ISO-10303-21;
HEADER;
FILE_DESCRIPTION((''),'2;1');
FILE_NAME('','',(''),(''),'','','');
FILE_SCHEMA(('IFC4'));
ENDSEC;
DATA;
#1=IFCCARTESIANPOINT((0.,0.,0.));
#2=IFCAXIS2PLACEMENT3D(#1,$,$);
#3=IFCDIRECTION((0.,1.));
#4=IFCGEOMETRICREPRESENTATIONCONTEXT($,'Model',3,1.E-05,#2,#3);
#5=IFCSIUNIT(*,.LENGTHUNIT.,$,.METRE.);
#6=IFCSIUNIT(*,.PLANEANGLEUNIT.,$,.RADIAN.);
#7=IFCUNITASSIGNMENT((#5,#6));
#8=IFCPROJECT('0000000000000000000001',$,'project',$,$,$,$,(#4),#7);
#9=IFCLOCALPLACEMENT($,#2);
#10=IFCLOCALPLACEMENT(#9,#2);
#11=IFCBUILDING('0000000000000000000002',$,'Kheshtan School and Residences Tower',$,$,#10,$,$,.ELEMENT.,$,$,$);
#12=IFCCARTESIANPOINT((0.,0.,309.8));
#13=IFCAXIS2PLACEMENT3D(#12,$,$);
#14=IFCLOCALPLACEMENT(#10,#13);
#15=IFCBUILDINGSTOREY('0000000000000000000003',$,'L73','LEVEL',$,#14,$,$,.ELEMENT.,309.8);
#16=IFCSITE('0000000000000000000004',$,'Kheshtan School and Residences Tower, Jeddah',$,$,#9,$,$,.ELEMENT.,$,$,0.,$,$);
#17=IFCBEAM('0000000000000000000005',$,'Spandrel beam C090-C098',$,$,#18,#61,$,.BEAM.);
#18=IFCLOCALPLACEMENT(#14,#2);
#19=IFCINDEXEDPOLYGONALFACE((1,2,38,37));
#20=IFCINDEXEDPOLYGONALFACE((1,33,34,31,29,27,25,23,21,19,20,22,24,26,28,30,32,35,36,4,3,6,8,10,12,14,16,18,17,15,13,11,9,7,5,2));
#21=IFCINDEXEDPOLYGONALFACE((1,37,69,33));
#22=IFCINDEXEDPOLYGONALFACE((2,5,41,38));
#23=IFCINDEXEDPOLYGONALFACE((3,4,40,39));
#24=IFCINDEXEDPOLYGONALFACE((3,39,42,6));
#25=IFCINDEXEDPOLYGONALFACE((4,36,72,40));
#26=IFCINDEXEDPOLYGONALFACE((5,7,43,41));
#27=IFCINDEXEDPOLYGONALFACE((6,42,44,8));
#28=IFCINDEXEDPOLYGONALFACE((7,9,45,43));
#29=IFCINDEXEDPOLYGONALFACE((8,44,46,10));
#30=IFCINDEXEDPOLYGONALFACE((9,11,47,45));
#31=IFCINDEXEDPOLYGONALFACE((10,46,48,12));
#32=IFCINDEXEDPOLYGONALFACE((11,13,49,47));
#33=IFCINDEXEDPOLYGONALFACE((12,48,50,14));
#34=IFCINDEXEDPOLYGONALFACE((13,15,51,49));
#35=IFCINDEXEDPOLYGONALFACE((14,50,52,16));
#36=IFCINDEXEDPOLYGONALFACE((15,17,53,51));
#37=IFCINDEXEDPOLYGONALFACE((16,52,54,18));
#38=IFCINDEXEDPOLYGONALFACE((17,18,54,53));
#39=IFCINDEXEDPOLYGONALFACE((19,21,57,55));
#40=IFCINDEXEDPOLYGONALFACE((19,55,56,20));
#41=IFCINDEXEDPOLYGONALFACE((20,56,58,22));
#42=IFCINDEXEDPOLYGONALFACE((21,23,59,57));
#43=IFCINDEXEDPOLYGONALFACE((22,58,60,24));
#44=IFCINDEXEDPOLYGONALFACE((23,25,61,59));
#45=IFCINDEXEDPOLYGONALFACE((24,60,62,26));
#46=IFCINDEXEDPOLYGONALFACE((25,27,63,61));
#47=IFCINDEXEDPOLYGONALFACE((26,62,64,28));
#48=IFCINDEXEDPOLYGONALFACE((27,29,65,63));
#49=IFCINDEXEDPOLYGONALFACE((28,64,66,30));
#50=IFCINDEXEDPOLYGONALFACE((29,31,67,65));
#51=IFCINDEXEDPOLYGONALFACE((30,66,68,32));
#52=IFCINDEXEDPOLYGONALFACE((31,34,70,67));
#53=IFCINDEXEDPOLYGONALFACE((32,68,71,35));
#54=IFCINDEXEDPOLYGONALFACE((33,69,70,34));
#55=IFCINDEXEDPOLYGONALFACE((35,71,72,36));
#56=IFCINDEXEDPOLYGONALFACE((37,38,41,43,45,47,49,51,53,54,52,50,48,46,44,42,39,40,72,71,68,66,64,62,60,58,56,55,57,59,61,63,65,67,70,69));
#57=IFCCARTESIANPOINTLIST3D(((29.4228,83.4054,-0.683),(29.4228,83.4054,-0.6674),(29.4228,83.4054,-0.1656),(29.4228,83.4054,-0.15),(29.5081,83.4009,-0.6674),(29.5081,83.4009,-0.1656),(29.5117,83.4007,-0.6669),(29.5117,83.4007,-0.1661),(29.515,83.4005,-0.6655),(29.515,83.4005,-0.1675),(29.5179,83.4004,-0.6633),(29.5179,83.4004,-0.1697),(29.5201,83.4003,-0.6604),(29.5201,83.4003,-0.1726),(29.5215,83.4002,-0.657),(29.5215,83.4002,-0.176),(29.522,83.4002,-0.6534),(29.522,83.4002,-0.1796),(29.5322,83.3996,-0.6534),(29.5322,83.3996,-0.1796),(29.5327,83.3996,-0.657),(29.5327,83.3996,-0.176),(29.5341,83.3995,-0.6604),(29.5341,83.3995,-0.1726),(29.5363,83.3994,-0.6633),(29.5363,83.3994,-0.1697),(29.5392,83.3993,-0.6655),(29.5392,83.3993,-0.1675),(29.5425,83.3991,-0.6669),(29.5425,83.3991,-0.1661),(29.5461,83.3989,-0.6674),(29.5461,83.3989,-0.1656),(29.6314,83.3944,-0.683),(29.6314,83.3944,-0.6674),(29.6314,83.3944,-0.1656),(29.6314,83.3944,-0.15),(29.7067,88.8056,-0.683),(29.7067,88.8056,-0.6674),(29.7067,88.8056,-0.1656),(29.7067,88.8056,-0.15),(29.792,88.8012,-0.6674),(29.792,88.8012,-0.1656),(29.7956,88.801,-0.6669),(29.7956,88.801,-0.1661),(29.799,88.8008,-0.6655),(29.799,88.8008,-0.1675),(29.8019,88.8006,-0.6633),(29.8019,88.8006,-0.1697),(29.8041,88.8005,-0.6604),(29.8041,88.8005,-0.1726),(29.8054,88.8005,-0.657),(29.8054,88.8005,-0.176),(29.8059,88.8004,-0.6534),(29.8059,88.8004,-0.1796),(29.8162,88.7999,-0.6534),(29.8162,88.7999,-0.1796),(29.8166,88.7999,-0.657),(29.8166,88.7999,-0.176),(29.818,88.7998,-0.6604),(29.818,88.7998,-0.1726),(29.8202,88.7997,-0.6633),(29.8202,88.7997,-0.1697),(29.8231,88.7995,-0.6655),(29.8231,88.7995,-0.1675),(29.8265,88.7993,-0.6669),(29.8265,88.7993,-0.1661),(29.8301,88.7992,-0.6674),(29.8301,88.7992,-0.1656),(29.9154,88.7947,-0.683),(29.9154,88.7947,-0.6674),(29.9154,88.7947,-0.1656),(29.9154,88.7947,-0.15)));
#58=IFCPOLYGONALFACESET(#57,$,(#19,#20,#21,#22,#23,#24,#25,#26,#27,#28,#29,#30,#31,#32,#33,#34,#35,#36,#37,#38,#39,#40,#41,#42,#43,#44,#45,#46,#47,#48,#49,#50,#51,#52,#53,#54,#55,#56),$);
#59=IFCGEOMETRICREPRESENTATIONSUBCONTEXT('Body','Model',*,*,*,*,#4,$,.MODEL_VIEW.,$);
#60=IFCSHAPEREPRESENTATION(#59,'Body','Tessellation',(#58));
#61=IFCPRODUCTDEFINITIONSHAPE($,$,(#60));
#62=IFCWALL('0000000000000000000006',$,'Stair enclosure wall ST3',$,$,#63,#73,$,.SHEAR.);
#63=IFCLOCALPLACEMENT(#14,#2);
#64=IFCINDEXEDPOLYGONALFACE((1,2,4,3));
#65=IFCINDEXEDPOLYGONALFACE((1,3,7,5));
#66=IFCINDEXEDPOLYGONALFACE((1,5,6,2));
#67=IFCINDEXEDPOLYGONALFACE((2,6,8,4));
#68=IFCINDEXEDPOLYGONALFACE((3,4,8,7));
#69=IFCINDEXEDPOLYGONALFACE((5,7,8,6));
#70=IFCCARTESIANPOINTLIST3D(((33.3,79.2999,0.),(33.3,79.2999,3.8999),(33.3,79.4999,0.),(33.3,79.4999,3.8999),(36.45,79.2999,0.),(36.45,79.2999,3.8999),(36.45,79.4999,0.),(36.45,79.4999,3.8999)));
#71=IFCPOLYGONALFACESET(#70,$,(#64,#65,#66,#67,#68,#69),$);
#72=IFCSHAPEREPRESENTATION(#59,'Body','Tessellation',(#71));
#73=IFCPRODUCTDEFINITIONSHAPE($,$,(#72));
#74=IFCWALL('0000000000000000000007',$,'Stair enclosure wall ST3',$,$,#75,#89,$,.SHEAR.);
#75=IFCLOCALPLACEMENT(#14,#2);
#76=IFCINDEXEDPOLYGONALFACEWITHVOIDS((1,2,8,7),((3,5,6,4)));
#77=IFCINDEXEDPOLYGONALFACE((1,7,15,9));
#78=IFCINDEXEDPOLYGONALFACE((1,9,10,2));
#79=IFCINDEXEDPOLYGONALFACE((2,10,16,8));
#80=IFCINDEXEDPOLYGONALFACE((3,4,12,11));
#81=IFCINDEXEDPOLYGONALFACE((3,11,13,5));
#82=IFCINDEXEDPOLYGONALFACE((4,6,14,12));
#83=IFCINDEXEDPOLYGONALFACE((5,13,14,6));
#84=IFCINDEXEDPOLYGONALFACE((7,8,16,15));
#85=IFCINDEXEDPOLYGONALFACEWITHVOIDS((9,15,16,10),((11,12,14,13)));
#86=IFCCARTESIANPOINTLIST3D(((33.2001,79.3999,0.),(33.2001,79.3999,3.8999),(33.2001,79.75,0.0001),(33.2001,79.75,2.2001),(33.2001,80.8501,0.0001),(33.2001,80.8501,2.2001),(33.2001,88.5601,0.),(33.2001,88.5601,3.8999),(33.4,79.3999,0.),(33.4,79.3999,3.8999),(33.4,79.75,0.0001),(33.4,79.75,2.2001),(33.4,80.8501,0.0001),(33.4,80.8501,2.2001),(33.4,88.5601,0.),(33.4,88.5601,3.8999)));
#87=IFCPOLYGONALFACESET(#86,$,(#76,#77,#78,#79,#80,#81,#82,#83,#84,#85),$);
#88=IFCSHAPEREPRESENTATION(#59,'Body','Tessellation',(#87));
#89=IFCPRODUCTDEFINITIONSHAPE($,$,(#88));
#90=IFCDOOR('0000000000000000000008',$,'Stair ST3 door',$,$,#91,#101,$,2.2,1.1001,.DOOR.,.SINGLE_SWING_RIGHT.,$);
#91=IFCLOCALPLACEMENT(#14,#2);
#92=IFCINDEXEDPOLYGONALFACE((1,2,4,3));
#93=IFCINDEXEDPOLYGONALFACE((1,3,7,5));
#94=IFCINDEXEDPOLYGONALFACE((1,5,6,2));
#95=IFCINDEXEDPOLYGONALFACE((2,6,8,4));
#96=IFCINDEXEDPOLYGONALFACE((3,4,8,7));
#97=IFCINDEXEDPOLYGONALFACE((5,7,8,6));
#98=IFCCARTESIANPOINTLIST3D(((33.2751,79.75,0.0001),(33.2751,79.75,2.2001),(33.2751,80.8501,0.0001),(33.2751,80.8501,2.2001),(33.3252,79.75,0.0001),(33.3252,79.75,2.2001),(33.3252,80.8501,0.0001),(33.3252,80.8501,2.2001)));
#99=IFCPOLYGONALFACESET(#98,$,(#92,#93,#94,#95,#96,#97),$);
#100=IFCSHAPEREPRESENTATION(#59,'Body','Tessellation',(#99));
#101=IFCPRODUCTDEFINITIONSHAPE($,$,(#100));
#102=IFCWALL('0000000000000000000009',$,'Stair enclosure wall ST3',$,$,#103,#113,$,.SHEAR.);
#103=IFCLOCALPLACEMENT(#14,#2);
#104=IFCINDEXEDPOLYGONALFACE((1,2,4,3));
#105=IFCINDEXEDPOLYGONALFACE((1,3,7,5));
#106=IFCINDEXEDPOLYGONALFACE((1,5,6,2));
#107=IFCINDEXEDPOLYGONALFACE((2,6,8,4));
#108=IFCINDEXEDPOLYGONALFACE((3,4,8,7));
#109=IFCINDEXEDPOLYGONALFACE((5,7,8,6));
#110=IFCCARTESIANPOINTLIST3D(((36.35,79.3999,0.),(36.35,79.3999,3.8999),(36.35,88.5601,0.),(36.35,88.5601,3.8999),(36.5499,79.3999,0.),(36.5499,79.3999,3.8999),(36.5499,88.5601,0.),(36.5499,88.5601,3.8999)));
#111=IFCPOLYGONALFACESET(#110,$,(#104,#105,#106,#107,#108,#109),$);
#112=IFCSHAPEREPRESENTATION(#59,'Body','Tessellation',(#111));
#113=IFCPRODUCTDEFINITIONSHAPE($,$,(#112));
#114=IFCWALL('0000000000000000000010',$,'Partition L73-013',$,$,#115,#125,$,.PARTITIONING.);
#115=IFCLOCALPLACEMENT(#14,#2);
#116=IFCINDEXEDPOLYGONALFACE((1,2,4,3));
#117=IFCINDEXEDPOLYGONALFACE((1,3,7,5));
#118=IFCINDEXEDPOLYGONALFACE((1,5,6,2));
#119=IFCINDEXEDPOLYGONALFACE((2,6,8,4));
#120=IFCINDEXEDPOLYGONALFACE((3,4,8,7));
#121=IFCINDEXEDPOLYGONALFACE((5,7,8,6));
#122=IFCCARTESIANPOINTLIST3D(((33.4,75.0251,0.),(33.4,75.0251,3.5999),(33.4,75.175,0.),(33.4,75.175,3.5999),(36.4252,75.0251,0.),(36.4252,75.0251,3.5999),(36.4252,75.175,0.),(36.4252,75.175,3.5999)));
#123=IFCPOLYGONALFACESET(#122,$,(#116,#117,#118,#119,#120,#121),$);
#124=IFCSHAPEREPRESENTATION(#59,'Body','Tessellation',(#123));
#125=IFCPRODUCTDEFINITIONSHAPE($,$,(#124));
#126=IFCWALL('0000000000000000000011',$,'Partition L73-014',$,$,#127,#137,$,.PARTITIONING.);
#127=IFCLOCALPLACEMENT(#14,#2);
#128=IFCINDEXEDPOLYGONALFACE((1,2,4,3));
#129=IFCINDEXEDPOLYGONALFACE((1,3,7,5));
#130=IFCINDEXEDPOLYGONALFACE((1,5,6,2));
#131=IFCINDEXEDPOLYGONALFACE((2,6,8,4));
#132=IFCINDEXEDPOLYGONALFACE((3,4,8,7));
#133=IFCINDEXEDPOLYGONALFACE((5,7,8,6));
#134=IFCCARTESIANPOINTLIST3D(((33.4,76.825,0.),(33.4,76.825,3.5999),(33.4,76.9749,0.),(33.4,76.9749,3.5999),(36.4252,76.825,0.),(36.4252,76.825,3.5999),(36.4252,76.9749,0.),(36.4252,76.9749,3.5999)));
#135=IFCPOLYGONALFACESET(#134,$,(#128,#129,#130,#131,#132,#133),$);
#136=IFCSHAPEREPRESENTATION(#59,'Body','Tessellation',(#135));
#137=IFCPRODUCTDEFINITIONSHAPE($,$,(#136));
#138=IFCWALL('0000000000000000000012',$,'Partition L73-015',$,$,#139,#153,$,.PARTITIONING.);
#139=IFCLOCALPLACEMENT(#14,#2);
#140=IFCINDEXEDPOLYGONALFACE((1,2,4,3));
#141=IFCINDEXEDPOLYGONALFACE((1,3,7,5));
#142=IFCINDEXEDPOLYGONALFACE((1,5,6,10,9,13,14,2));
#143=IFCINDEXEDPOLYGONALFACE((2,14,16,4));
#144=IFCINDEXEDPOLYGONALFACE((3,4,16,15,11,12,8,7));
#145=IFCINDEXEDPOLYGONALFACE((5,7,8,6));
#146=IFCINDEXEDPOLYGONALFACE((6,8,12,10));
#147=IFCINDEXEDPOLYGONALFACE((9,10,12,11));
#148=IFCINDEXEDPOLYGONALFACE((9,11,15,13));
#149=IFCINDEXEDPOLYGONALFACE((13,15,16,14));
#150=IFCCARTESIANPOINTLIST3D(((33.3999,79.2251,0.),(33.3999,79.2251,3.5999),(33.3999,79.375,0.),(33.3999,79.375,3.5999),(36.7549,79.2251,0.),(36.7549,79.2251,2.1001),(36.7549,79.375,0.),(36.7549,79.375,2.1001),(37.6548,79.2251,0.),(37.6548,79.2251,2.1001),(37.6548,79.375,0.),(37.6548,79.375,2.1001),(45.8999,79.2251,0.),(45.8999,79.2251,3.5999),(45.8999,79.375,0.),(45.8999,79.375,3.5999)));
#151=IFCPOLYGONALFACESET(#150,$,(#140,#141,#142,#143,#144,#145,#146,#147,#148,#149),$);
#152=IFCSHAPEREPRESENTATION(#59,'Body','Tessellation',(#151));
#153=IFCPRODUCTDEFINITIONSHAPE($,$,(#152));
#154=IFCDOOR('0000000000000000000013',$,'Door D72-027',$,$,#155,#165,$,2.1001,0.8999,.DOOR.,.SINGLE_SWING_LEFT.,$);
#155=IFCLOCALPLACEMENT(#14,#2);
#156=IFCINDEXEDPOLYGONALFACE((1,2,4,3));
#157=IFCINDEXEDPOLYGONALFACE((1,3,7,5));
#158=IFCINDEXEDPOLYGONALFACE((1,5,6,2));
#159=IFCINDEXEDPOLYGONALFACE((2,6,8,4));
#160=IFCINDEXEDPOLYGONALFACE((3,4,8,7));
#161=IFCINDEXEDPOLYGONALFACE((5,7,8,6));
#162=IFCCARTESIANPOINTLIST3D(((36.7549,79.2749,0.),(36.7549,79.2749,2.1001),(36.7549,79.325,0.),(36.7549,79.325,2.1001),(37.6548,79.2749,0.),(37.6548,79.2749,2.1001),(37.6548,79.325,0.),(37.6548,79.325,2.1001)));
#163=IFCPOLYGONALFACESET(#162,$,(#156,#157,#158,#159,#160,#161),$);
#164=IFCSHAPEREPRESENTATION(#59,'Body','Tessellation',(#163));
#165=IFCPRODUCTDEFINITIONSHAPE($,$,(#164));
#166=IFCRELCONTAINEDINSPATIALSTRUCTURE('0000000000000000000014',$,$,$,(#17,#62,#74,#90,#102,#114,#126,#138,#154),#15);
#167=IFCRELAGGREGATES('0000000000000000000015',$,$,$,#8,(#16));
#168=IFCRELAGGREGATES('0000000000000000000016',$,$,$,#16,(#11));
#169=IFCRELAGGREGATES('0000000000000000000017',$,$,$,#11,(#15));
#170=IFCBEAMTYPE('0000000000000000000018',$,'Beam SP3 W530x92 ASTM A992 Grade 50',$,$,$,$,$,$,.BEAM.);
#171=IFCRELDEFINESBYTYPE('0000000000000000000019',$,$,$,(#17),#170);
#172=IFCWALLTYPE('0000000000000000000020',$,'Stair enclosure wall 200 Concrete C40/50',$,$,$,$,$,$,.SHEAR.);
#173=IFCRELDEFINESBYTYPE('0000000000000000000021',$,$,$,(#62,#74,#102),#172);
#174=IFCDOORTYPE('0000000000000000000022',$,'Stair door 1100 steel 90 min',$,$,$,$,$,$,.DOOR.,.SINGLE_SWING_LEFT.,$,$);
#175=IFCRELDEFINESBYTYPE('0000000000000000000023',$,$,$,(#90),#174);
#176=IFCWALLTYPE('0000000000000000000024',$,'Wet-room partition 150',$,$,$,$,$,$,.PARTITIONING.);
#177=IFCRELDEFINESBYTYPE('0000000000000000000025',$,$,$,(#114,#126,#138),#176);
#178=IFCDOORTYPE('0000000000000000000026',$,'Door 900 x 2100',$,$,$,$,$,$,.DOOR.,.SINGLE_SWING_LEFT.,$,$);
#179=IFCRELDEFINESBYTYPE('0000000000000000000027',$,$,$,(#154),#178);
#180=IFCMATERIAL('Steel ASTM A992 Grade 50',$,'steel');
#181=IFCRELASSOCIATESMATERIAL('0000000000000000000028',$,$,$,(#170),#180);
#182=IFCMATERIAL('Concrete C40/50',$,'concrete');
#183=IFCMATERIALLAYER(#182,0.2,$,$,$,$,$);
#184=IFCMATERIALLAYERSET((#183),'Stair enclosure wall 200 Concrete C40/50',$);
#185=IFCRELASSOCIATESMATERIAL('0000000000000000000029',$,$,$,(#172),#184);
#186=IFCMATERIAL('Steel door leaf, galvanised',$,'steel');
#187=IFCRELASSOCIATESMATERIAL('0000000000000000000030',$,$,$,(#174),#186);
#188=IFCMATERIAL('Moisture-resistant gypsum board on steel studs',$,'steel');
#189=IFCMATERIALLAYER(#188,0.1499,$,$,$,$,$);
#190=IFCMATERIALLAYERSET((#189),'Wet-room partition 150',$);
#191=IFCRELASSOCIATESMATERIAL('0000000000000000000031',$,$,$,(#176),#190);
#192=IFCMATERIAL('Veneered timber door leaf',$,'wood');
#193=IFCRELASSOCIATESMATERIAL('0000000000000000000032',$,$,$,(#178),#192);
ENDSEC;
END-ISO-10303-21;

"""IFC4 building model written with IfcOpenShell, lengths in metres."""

from ifc_helpers import new_model, si_unit, direction, frame, frame_2d, origin, origin_2d, place, context, subcontext, project, spatial, rectangle, i_section, extrude, source, transform, mapped, material, layer, layer_set, material_profile, profile_set, type_object, element, fill, save


model = new_model("IFC4")

# Units and contexts
model_context = context("Model", 3, precision=1e-05, world=origin(), true_north=direction((0.0, 1.0)))
body_context = subcontext(model_context, "Body", "Model", "MODEL_VIEW")
ifc_project = project(units=[si_unit("LENGTHUNIT", "METRE"), si_unit("PLANEANGLEUNIT", "RADIAN")], contexts=[model_context])

# Site, building, storey
site_placement = place(None, origin())
site = spatial("IfcSite", under=ifc_project, at=site_placement, Name="Kheshtan School and Residences Tower, Jeddah", CompositionType="ELEMENT", RefElevation=0.0)
building_placement = place(site_placement, origin())
building = spatial("IfcBuilding", under=site, at=building_placement, Name="Kheshtan School and Residences Tower", CompositionType="ELEMENT")
storey_placement = place(building_placement, frame((0.0, 0.0, 309.8)))
storey = spatial("IfcBuildingStorey", under=building, at=storey_placement, Name="L73", Description="LEVEL", CompositionType="ELEMENT", Elevation=309.8)

# Shared definitions
ifc_material_1 = material(Name="Steel ASTM A992 Grade 50", Category="steel")

# Beam
ifc_material_profile_1 = material_profile(ifc_material_1, i_section(OverallWidth=0.209, OverallDepth=0.533, WebThickness=0.0103, FlangeThickness=0.0156, FilletRadius=0.0139, at=origin_2d()), Name="W530x92")
ifc_profile_set_1 = profile_set([ifc_material_profile_1], Name="Steel ASTM A992 Grade 50")
beam_type_1 = type_object("IfcBeamType", Name="Beam SP3 W530x92 ASTM A992 Grade 50", PredefinedType="BEAM", material=ifc_profile_set_1)
beam_1_placement = place(storey_placement, frame((29.5271, 83.3999, -0.4165), z_axis=(0.052507, 0.998621, 0.0), x_axis=(-0.998621, 0.052507, 0.0)))
element("IfcBeam", 1, at=beam_1_placement, inside=storey, type_object=beam_type_1, Name="Spandrel beam C090-C098", PredefinedType="BEAM", context=body_context, shape_type="SweptSolid", body=[
    extrude(i_section(OverallWidth=0.209, OverallDepth=0.533, WebThickness=0.0103, FlangeThickness=0.0156, FilletRadius=0.0139, at=origin_2d()), origin(), (0.0, 0.0, 1.0), 5.4077),
])

# Wall
ifc_material_2 = material(Name="Concrete C40/50", Category="concrete")
ifc_layer_1 = layer(ifc_material_2, 0.2)
ifc_layer_set_1 = layer_set([ifc_layer_1], Name="Stair enclosure wall 200 Concrete C40/50")
wall_type_1 = type_object("IfcWallType", Name="Stair enclosure wall 200 Concrete C40/50", PredefinedType="SHEAR", material=ifc_layer_set_1)
wall_1_placement = place(storey_placement, frame((33.3, 79.3999, 0.0), z_axis=(0.0, 0.0, 1.0), x_axis=(1.0, 0.0, 0.0)))
element("IfcWall", 2, at=wall_1_placement, inside=storey, type_object=wall_type_1, Name="Stair enclosure wall ST3", PredefinedType="SHEAR", context=body_context, shape_type="SweptSolid", body=[
    extrude(rectangle(XDim=3.1499, YDim=0.2, at=frame_2d((1.575, 0.0))), origin(), (0.0, 0.0, 1.0), 3.8999),
])

# Wall, opening, door
wall_2_placement = place(storey_placement, frame((33.3, 79.3999, 0.0), z_axis=(0.0, 0.0, 1.0), x_axis=(0.0, 1.0, 0.0)))
wall_2 = element("IfcWall", 3, at=wall_2_placement, inside=storey, type_object=wall_type_1, Name="Stair enclosure wall ST3", PredefinedType="SHEAR", context=body_context, shape_type="SweptSolid", body=[
    extrude(rectangle(XDim=9.1602, YDim=0.2, at=frame_2d((4.5801, 0.0))), origin(), (0.0, 0.0, 1.0), 3.8999),
])
opening_1_placement = place(wall_2_placement, frame((0.3501, 0.0, 0.0)))
opening_1 = element("IfcOpeningElement", 4, at=opening_1_placement, cuts=wall_2, PredefinedType="OPENING", context=body_context, shape_type="SweptSolid", body=[
    extrude(rectangle(XDim=1.1001, YDim=2.2, at=frame_2d((0.55, 1.1001))), frame((0.0, 0.1099, 0.0), z_axis=(0.0, -1.0, 0.0), x_axis=(1.0, 0.0, 0.0)), (0.0, 0.0, 1.0), 0.22),
])
ifc_material_3 = material(Name="Steel door leaf, galvanised", Category="steel")
door_type_1 = type_object("IfcDoorType", Name="Stair door 1100 steel 90 min", OperationType="SINGLE_SWING_LEFT", PredefinedType="DOOR", material=ifc_material_3)
shared_shape_1 = source(origin(), body_context, "Body", "SweptSolid", [
    extrude(rectangle(XDim=1.1001, YDim=2.2, at=frame_2d((0.55, 1.1001))), frame((0.0, 0.0249, 0.0), z_axis=(0.0, -1.0, 0.0), x_axis=(1.0, 0.0, 0.0)), (0.0, 0.0, 1.0), 0.05),
])
door_1_placement = place(opening_1_placement, origin())
door_1 = element("IfcDoor", 5, at=door_1_placement, inside=storey, type_object=door_type_1, Name="Stair ST3 door", OperationType="SINGLE_SWING_RIGHT", OverallHeight=2.2, OverallWidth=1.1001, PredefinedType="DOOR", context=body_context, shape_type="MappedRepresentation", body=[
    mapped(shared_shape_1, transform((0.0, 0.0, 0.0), x_axis=(1.0, 0.0, 0.0), y_axis=(0.0, 1.0, 0.0), z_axis=(0.0, 0.0, 1.0), scale=1.0)),
])
fill(opening_1, door_1)

# Walls
wall_3_placement = place(storey_placement, frame((36.45, 79.3999, 0.0), z_axis=(0.0, 0.0, 1.0), x_axis=(0.0, 1.0, 0.0)))
element("IfcWall", 6, at=wall_3_placement, inside=storey, type_object=wall_type_1, Name="Stair enclosure wall ST3", PredefinedType="SHEAR", context=body_context, shape_type="SweptSolid", body=[
    extrude(rectangle(XDim=9.1602, YDim=0.2, at=frame_2d((4.5801, 0.0))), origin(), (0.0, 0.0, 1.0), 3.8999),
])
ifc_material_4 = material(Name="Moisture-resistant gypsum board on steel studs", Category="steel")
ifc_layer_2 = layer(ifc_material_4, 0.1499)
ifc_layer_set_2 = layer_set([ifc_layer_2], Name="Wet-room partition 150")
wall_type_2 = type_object("IfcWallType", Name="Wet-room partition 150", PredefinedType="PARTITIONING", material=ifc_layer_set_2)
for number, where, z_axis, x_axis, name in (
    (7, (33.3999, 75.1001, 0.0), (0.0, 0.0, 1.0), (1.0, 0.0, 0.0), "Partition L73-013"),
    (8, (33.3999, 76.8999, 0.0), (0.0, 0.0, 1.0), (1.0, 0.0, 0.0), "Partition L73-014"),
):
    element("IfcWall", number, at=place(storey_placement, frame(where, z_axis=z_axis, x_axis=x_axis)), inside=storey, type_object=wall_type_2, Name=name, PredefinedType="PARTITIONING", context=body_context, shape_type="SweptSolid", body=[
        extrude(rectangle(XDim=3.0251, YDim=0.1499, at=frame_2d((1.5127, 0.0))), origin(), (0.0, 0.0, 1.0), 3.5999),
    ])

# Wall, opening, door
wall_4_placement = place(storey_placement, frame((33.3999, 79.3, 0.0), z_axis=(0.0, 0.0, 1.0), x_axis=(1.0, 0.0, 0.0)))
wall_4 = element("IfcWall", 9, at=wall_4_placement, inside=storey, type_object=wall_type_2, Name="Partition L73-015", PredefinedType="PARTITIONING", context=body_context, shape_type="SweptSolid", body=[
    extrude(rectangle(XDim=12.5, YDim=0.1499, at=frame_2d((6.25, 0.0))), origin(), (0.0, 0.0, 1.0), 3.5999),
])
opening_2_placement = place(wall_4_placement, frame((3.355, 0.0, 0.0)))
opening_2 = element("IfcOpeningElement", 10, at=opening_2_placement, cuts=wall_4, PredefinedType="OPENING", context=body_context, shape_type="SweptSolid", body=[
    extrude(rectangle(XDim=0.8999, YDim=2.1001, at=frame_2d((0.45, 1.05))), frame((0.0, 0.085, 0.0), z_axis=(0.0, -1.0, 0.0), x_axis=(1.0, 0.0, 0.0)), (0.0, 0.0, 1.0), 0.1699),
])
ifc_material_5 = material(Name="Veneered timber door leaf", Category="wood")
door_type_2 = type_object("IfcDoorType", Name="Door 900 x 2100", OperationType="SINGLE_SWING_LEFT", PredefinedType="DOOR", material=ifc_material_5)
shared_shape_2 = source(origin(), body_context, "Body", "SweptSolid", [
    extrude(rectangle(XDim=0.8999, YDim=2.1001, at=frame_2d((0.45, 1.05))), frame((0.0, 0.0249, 0.0), z_axis=(0.0, -1.0, 0.0), x_axis=(1.0, 0.0, 0.0)), (0.0, 0.0, 1.0), 0.05),
])
door_2_placement = place(opening_2_placement, origin())
door_2 = element("IfcDoor", 11, at=door_2_placement, inside=storey, type_object=door_type_2, Name="Door D72-027", OperationType="SINGLE_SWING_LEFT", OverallHeight=2.1001, OverallWidth=0.8999, PredefinedType="DOOR", context=body_context, shape_type="MappedRepresentation", body=[
    mapped(shared_shape_2, transform((0.0, 0.0, 0.0), x_axis=(1.0, 0.0, 0.0), y_axis=(0.0, 1.0, 0.0), z_axis=(0.0, 0.0, 1.0), scale=1.0)),
])
fill(opening_2, door_2)

save(model, "model.ifc")
